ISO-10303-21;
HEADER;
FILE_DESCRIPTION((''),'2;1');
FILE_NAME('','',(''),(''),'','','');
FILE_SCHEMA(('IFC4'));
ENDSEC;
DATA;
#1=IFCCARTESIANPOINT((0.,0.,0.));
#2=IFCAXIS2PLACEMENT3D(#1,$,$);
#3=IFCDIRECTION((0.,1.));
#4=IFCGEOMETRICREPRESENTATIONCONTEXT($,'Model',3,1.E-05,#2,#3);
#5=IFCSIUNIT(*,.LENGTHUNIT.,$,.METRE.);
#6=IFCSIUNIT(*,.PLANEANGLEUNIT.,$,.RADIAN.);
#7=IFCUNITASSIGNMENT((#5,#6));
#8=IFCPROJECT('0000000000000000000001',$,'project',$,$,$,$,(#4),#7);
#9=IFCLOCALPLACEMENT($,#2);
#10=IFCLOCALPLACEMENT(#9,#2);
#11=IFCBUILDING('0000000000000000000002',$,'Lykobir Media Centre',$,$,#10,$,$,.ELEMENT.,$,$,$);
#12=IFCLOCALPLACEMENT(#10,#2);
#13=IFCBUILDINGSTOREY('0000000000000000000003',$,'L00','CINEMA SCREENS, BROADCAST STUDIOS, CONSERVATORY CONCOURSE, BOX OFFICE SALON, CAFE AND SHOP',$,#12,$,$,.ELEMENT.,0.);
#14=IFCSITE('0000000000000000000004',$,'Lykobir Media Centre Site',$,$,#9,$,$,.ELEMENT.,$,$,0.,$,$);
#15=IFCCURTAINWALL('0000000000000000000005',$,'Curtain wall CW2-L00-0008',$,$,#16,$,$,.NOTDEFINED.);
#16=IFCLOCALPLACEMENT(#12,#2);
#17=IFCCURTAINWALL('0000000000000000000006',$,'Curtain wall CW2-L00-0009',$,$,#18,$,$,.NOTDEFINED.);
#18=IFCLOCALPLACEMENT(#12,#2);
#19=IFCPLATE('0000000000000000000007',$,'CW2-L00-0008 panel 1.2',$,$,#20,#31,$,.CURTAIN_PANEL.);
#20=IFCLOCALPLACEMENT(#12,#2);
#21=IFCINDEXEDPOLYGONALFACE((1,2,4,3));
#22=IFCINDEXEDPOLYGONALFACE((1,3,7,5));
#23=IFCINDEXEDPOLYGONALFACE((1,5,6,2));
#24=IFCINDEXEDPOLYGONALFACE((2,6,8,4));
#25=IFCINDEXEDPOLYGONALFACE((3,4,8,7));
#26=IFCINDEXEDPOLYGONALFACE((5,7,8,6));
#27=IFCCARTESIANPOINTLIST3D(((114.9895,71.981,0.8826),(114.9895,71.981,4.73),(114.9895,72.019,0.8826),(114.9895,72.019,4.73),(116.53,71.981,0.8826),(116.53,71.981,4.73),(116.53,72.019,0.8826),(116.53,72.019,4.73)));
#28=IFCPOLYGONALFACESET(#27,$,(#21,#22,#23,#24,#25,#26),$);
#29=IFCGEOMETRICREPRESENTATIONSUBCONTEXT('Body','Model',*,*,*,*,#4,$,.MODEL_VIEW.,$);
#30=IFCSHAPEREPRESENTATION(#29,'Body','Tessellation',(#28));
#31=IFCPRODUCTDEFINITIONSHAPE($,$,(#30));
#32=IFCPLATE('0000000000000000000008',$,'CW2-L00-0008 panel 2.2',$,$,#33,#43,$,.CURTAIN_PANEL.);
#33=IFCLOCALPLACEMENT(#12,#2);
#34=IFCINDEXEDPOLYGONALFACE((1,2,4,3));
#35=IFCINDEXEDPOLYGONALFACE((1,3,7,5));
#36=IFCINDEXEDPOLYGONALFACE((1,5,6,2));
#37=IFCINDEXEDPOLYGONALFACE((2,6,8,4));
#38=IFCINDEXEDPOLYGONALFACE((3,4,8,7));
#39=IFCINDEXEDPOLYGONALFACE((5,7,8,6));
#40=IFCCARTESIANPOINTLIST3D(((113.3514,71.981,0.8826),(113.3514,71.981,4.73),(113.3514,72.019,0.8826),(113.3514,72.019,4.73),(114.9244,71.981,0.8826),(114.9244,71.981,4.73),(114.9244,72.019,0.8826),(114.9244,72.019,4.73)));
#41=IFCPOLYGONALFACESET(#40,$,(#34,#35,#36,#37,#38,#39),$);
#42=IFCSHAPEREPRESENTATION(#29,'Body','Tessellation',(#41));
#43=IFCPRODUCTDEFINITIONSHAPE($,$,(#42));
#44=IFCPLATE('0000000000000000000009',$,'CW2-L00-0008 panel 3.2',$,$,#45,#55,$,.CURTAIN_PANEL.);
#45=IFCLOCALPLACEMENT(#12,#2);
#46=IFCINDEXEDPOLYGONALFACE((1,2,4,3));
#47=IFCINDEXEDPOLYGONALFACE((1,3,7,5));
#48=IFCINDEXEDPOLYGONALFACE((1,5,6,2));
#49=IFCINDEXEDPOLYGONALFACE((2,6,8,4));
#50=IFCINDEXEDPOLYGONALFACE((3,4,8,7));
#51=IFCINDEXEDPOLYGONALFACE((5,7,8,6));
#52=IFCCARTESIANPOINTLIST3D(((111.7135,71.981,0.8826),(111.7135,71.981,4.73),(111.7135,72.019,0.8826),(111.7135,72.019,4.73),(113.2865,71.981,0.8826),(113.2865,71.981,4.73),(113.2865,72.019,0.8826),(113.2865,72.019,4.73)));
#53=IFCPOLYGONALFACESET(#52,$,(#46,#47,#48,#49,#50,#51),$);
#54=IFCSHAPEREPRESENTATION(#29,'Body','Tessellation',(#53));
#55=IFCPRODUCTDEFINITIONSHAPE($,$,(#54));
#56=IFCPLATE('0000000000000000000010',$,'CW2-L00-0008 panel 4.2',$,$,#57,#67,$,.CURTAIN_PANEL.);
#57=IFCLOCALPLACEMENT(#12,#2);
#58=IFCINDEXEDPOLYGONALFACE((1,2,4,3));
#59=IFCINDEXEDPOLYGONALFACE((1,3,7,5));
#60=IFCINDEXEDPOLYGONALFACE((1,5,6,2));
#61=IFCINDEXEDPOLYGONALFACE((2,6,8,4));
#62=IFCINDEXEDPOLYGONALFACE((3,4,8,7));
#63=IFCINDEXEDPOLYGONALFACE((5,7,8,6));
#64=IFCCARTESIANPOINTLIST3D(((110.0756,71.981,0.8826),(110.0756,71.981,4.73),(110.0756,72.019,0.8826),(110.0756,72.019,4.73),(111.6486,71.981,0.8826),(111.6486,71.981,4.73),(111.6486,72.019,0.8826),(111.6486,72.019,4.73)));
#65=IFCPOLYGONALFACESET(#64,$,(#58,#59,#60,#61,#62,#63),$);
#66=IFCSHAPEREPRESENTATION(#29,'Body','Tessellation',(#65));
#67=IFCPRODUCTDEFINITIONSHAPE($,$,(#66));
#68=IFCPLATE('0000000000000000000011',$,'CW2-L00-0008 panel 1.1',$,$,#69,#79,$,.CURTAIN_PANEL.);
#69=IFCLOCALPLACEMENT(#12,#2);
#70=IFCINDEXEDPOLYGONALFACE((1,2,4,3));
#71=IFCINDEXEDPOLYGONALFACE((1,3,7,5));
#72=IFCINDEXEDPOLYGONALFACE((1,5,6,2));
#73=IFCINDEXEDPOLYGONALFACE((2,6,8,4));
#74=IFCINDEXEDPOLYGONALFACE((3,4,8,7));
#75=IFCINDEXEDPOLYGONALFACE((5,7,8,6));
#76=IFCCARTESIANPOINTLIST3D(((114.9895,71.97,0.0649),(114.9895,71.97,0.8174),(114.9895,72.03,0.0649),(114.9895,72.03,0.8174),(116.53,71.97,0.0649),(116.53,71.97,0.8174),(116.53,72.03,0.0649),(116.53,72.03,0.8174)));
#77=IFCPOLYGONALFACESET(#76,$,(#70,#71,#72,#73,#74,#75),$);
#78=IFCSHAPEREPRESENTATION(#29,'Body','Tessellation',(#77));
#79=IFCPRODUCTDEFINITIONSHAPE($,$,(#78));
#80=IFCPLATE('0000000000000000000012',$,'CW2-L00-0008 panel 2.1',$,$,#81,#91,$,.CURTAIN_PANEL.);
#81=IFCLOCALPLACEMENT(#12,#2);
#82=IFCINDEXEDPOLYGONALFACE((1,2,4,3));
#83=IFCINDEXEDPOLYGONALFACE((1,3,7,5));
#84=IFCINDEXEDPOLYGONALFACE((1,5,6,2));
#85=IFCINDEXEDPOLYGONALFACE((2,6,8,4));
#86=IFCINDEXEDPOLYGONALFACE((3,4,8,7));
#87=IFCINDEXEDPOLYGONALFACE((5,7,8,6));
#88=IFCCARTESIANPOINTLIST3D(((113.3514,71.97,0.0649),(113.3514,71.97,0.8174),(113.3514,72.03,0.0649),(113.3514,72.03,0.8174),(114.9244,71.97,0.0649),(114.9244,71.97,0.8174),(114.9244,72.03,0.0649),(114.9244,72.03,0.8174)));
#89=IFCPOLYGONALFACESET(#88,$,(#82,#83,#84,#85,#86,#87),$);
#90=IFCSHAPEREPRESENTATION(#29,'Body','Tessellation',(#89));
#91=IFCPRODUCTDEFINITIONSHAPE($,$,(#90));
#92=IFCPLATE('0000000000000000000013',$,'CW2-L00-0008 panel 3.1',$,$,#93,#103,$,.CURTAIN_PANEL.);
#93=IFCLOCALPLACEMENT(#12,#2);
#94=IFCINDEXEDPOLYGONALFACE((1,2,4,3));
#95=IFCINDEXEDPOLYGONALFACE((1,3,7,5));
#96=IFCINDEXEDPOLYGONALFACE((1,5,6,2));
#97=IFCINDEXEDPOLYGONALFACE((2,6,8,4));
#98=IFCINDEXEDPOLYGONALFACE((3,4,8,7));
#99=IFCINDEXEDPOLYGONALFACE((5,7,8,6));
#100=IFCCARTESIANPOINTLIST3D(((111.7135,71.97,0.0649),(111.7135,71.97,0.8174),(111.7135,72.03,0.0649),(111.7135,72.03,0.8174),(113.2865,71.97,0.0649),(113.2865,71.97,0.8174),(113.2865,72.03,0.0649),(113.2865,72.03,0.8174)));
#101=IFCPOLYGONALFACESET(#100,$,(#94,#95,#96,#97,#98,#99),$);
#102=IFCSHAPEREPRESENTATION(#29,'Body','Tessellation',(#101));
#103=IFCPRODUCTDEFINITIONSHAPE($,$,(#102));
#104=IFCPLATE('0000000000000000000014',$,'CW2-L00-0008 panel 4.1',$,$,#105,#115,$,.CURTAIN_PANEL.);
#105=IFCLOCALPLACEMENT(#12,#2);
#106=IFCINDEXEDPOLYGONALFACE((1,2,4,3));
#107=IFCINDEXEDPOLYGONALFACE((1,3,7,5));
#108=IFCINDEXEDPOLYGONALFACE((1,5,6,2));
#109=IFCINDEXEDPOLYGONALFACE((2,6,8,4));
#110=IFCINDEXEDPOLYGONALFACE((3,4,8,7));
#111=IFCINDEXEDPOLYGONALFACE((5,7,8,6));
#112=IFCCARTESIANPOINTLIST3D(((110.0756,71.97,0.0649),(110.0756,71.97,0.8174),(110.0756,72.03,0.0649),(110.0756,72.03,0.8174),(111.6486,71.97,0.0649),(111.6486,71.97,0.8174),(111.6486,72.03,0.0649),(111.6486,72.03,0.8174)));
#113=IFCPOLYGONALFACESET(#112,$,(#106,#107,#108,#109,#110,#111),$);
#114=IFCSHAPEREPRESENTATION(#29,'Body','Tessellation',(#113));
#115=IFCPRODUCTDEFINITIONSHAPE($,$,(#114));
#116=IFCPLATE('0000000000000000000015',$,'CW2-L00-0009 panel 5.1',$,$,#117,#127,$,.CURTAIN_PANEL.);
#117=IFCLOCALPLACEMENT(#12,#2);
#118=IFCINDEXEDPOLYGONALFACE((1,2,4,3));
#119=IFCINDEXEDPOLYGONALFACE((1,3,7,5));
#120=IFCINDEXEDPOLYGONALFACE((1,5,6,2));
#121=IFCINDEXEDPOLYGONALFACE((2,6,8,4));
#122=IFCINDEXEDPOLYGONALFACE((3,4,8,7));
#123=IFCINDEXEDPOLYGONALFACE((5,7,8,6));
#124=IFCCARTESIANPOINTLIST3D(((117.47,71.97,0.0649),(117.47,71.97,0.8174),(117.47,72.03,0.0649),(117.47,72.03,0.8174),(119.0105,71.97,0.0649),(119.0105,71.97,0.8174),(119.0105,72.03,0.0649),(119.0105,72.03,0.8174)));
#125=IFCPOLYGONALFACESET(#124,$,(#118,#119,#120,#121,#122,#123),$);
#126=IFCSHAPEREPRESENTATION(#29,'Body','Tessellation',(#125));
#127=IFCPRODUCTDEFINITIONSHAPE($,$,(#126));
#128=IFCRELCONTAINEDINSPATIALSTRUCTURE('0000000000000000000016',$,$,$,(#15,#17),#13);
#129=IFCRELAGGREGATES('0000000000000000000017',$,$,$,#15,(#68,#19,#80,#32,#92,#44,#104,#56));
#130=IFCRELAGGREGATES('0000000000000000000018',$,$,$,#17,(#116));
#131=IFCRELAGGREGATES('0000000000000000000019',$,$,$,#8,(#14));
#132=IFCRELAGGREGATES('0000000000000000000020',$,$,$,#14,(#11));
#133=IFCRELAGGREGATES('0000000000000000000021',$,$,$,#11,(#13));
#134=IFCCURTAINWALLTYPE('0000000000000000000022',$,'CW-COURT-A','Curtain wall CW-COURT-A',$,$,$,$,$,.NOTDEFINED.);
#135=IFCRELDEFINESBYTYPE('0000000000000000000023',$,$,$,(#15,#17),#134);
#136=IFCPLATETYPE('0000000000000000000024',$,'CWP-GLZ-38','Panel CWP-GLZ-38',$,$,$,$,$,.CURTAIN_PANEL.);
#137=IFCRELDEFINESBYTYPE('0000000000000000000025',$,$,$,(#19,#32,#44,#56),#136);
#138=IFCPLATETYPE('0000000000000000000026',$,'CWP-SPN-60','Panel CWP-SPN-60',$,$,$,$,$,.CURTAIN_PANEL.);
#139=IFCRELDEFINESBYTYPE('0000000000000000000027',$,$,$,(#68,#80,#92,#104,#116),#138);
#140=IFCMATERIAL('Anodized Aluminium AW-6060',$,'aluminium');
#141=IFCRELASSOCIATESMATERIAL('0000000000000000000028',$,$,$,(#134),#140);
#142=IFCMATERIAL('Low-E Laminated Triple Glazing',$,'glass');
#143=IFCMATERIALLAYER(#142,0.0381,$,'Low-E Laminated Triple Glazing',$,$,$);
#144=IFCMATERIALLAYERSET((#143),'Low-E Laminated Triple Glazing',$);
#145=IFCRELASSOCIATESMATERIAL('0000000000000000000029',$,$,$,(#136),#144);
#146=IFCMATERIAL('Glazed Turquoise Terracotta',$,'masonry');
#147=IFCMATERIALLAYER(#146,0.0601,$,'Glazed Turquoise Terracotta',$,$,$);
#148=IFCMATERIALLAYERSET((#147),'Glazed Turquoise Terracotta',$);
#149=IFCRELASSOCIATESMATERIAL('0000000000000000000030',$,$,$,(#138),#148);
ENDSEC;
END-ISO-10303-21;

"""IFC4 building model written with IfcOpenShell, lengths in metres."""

from ifc_helpers import new_model, si_unit, direction, frame, origin, origin_2d, place, context, subcontext, project, spatial, rectangle, extrude, material, layer, layer_set, type_object, element, aggregate, save


model = new_model("IFC4")

# Units and contexts
model_context = context("Model", 3, precision=1e-05, world=origin(), true_north=direction((0.0, 1.0)))
body_context = subcontext(model_context, "Body", "Model", "MODEL_VIEW")
ifc_project = project(units=[si_unit("LENGTHUNIT", "METRE"), si_unit("PLANEANGLEUNIT", "RADIAN")], contexts=[model_context])

# Site, building, storey
site_placement = place(None, origin())
site = spatial("IfcSite", under=ifc_project, at=site_placement, Name="Lykobir Media Centre Site", CompositionType="ELEMENT", RefElevation=0.0)
building_placement = place(site_placement, origin())
building = spatial("IfcBuilding", under=site, at=building_placement, Name="Lykobir Media Centre", CompositionType="ELEMENT")
storey_placement = place(building_placement, origin())
storey = spatial("IfcBuildingStorey", under=building, at=storey_placement, Name="L00", Description="CINEMA SCREENS, BROADCAST STUDIOS, CONSERVATORY CONCOURSE, BOX OFFICE SALON, CAFE AND SHOP", CompositionType="ELEMENT", Elevation=0.0)

# Curtain wall
ifc_material_1 = material(Name="Anodized Aluminium AW-6060", Category="aluminium")
curtain_wall_type = type_object("IfcCurtainWallType", Name="CW-COURT-A", Description="Curtain wall CW-COURT-A", PredefinedType="NOTDEFINED", material=ifc_material_1)
curtain_wall_1_placement = place(storey_placement, origin())
curtain_wall_1 = element("IfcCurtainWall", 1, at=curtain_wall_1_placement, inside=storey, type_object=curtain_wall_type, Name="Curtain wall CW2-L00-0008", PredefinedType="NOTDEFINED")

# Curtain wall
curtain_wall_2_placement = place(storey_placement, origin())
curtain_wall_2 = element("IfcCurtainWall", 2, at=curtain_wall_2_placement, inside=storey, type_object=curtain_wall_type, Name="Curtain wall CW2-L00-0009", PredefinedType="NOTDEFINED")

# Plates
ifc_material_2 = material(Name="Low-E Laminated Triple Glazing", Category="glass")
ifc_layer_1 = layer(ifc_material_2, 0.0381, Name="Low-E Laminated Triple Glazing")
ifc_layer_set_1 = layer_set([ifc_layer_1], Name="Low-E Laminated Triple Glazing")
plate_type_1 = type_object("IfcPlateType", Name="CWP-GLZ-38", Description="Panel CWP-GLZ-38", PredefinedType="CURTAIN_PANEL", material=ifc_layer_set_1)
plate_1_placement = place(storey_placement, frame((115.7598, 72.0, 0.8826), z_axis=(0.0, 0.0, 1.0), x_axis=(-1.0, 0.0, 0.0)))
plate_1 = element("IfcPlate", 3, at=plate_1_placement, type_object=plate_type_1, Name="CW2-L00-0008 panel 1.2", PredefinedType="CURTAIN_PANEL", context=body_context, shape_type="SweptSolid", body=[
    extrude(rectangle(XDim=1.5405, YDim=0.0381, at=origin_2d()), origin(), (0.0, 0.0, 1.0), 3.8474),
])
plate_2_placement = place(storey_placement, frame((114.1379, 72.0, 0.8826), z_axis=(0.0, 0.0, 1.0), x_axis=(-1.0, 0.0, 0.0)))
plate_2 = element("IfcPlate", 4, at=plate_2_placement, type_object=plate_type_1, Name="CW2-L00-0008 panel 2.2", PredefinedType="CURTAIN_PANEL", context=body_context, shape_type="SweptSolid", body=[
    extrude(rectangle(XDim=1.573, YDim=0.0381, at=origin_2d()), origin(), (0.0, 0.0, 1.0), 3.8474),
])
plate_3_placement = place(storey_placement, frame((112.5, 72.0, 0.8826), z_axis=(0.0, 0.0, 1.0), x_axis=(-1.0, 0.0, 0.0)))
plate_3 = element("IfcPlate", 5, at=plate_3_placement, type_object=plate_type_1, Name="CW2-L00-0008 panel 3.2", PredefinedType="CURTAIN_PANEL", context=body_context, shape_type="SweptSolid", body=[
    extrude(rectangle(XDim=1.573, YDim=0.0381, at=origin_2d()), origin(), (0.0, 0.0, 1.0), 3.8474),
])
plate_4_placement = place(storey_placement, frame((110.8621, 72.0, 0.8826), z_axis=(0.0, 0.0, 1.0), x_axis=(-1.0, 0.0, 0.0)))
plate_4 = element("IfcPlate", 6, at=plate_4_placement, type_object=plate_type_1, Name="CW2-L00-0008 panel 4.2", PredefinedType="CURTAIN_PANEL", context=body_context, shape_type="SweptSolid", body=[
    extrude(rectangle(XDim=1.573, YDim=0.0381, at=origin_2d()), origin(), (0.0, 0.0, 1.0), 3.8474),
])
ifc_material_3 = material(Name="Glazed Turquoise Terracotta", Category="masonry")
ifc_layer_2 = layer(ifc_material_3, 0.0601, Name="Glazed Turquoise Terracotta")
ifc_layer_set_2 = layer_set([ifc_layer_2], Name="Glazed Turquoise Terracotta")
plate_type_2 = type_object("IfcPlateType", Name="CWP-SPN-60", Description="Panel CWP-SPN-60", PredefinedType="CURTAIN_PANEL", material=ifc_layer_set_2)
plate_5_placement = place(storey_placement, frame((115.7598, 72.0, 0.0649), z_axis=(0.0, 0.0, 1.0), x_axis=(-1.0, 0.0, 0.0)))
plate_5 = element("IfcPlate", 7, at=plate_5_placement, type_object=plate_type_2, Name="CW2-L00-0008 panel 1.1", PredefinedType="CURTAIN_PANEL", context=body_context, shape_type="SweptSolid", body=[
    extrude(rectangle(XDim=1.5405, YDim=0.0601, at=origin_2d()), origin(), (0.0, 0.0, 1.0), 0.7524),
])
plate_6_placement = place(storey_placement, frame((114.1379, 72.0, 0.0649), z_axis=(0.0, 0.0, 1.0), x_axis=(-1.0, 0.0, 0.0)))
plate_6 = element("IfcPlate", 8, at=plate_6_placement, type_object=plate_type_2, Name="CW2-L00-0008 panel 2.1", PredefinedType="CURTAIN_PANEL", context=body_context, shape_type="SweptSolid", body=[
    extrude(rectangle(XDim=1.573, YDim=0.0601, at=origin_2d()), origin(), (0.0, 0.0, 1.0), 0.7524),
])
plate_7_placement = place(storey_placement, frame((112.5, 72.0, 0.0649), z_axis=(0.0, 0.0, 1.0), x_axis=(-1.0, 0.0, 0.0)))
plate_7 = element("IfcPlate", 9, at=plate_7_placement, type_object=plate_type_2, Name="CW2-L00-0008 panel 3.1", PredefinedType="CURTAIN_PANEL", context=body_context, shape_type="SweptSolid", body=[
    extrude(rectangle(XDim=1.573, YDim=0.0601, at=origin_2d()), origin(), (0.0, 0.0, 1.0), 0.7524),
])
plate_8_placement = place(storey_placement, frame((110.8621, 72.0, 0.0649), z_axis=(0.0, 0.0, 1.0), x_axis=(-1.0, 0.0, 0.0)))
plate_8 = element("IfcPlate", 10, at=plate_8_placement, type_object=plate_type_2, Name="CW2-L00-0008 panel 4.1", PredefinedType="CURTAIN_PANEL", context=body_context, shape_type="SweptSolid", body=[
    extrude(rectangle(XDim=1.573, YDim=0.0601, at=origin_2d()), origin(), (0.0, 0.0, 1.0), 0.7524),
])
aggregate(curtain_wall_1, [plate_5, plate_1, plate_6, plate_2, plate_7, plate_3, plate_8, plate_4])
plate_9_placement = place(storey_placement, frame((118.2402, 72.0, 0.0649), z_axis=(0.0, 0.0, 1.0), x_axis=(-1.0, 0.0, 0.0)))
plate_9 = element("IfcPlate", 11, at=plate_9_placement, type_object=plate_type_2, Name="CW2-L00-0009 panel 5.1", PredefinedType="CURTAIN_PANEL", context=body_context, shape_type="SweptSolid", body=[
    extrude(rectangle(XDim=1.5405, YDim=0.0601, at=origin_2d()), origin(), (0.0, 0.0, 1.0), 0.7524),
])
aggregate(curtain_wall_2, [plate_9])

save(model, "model.ifc")
